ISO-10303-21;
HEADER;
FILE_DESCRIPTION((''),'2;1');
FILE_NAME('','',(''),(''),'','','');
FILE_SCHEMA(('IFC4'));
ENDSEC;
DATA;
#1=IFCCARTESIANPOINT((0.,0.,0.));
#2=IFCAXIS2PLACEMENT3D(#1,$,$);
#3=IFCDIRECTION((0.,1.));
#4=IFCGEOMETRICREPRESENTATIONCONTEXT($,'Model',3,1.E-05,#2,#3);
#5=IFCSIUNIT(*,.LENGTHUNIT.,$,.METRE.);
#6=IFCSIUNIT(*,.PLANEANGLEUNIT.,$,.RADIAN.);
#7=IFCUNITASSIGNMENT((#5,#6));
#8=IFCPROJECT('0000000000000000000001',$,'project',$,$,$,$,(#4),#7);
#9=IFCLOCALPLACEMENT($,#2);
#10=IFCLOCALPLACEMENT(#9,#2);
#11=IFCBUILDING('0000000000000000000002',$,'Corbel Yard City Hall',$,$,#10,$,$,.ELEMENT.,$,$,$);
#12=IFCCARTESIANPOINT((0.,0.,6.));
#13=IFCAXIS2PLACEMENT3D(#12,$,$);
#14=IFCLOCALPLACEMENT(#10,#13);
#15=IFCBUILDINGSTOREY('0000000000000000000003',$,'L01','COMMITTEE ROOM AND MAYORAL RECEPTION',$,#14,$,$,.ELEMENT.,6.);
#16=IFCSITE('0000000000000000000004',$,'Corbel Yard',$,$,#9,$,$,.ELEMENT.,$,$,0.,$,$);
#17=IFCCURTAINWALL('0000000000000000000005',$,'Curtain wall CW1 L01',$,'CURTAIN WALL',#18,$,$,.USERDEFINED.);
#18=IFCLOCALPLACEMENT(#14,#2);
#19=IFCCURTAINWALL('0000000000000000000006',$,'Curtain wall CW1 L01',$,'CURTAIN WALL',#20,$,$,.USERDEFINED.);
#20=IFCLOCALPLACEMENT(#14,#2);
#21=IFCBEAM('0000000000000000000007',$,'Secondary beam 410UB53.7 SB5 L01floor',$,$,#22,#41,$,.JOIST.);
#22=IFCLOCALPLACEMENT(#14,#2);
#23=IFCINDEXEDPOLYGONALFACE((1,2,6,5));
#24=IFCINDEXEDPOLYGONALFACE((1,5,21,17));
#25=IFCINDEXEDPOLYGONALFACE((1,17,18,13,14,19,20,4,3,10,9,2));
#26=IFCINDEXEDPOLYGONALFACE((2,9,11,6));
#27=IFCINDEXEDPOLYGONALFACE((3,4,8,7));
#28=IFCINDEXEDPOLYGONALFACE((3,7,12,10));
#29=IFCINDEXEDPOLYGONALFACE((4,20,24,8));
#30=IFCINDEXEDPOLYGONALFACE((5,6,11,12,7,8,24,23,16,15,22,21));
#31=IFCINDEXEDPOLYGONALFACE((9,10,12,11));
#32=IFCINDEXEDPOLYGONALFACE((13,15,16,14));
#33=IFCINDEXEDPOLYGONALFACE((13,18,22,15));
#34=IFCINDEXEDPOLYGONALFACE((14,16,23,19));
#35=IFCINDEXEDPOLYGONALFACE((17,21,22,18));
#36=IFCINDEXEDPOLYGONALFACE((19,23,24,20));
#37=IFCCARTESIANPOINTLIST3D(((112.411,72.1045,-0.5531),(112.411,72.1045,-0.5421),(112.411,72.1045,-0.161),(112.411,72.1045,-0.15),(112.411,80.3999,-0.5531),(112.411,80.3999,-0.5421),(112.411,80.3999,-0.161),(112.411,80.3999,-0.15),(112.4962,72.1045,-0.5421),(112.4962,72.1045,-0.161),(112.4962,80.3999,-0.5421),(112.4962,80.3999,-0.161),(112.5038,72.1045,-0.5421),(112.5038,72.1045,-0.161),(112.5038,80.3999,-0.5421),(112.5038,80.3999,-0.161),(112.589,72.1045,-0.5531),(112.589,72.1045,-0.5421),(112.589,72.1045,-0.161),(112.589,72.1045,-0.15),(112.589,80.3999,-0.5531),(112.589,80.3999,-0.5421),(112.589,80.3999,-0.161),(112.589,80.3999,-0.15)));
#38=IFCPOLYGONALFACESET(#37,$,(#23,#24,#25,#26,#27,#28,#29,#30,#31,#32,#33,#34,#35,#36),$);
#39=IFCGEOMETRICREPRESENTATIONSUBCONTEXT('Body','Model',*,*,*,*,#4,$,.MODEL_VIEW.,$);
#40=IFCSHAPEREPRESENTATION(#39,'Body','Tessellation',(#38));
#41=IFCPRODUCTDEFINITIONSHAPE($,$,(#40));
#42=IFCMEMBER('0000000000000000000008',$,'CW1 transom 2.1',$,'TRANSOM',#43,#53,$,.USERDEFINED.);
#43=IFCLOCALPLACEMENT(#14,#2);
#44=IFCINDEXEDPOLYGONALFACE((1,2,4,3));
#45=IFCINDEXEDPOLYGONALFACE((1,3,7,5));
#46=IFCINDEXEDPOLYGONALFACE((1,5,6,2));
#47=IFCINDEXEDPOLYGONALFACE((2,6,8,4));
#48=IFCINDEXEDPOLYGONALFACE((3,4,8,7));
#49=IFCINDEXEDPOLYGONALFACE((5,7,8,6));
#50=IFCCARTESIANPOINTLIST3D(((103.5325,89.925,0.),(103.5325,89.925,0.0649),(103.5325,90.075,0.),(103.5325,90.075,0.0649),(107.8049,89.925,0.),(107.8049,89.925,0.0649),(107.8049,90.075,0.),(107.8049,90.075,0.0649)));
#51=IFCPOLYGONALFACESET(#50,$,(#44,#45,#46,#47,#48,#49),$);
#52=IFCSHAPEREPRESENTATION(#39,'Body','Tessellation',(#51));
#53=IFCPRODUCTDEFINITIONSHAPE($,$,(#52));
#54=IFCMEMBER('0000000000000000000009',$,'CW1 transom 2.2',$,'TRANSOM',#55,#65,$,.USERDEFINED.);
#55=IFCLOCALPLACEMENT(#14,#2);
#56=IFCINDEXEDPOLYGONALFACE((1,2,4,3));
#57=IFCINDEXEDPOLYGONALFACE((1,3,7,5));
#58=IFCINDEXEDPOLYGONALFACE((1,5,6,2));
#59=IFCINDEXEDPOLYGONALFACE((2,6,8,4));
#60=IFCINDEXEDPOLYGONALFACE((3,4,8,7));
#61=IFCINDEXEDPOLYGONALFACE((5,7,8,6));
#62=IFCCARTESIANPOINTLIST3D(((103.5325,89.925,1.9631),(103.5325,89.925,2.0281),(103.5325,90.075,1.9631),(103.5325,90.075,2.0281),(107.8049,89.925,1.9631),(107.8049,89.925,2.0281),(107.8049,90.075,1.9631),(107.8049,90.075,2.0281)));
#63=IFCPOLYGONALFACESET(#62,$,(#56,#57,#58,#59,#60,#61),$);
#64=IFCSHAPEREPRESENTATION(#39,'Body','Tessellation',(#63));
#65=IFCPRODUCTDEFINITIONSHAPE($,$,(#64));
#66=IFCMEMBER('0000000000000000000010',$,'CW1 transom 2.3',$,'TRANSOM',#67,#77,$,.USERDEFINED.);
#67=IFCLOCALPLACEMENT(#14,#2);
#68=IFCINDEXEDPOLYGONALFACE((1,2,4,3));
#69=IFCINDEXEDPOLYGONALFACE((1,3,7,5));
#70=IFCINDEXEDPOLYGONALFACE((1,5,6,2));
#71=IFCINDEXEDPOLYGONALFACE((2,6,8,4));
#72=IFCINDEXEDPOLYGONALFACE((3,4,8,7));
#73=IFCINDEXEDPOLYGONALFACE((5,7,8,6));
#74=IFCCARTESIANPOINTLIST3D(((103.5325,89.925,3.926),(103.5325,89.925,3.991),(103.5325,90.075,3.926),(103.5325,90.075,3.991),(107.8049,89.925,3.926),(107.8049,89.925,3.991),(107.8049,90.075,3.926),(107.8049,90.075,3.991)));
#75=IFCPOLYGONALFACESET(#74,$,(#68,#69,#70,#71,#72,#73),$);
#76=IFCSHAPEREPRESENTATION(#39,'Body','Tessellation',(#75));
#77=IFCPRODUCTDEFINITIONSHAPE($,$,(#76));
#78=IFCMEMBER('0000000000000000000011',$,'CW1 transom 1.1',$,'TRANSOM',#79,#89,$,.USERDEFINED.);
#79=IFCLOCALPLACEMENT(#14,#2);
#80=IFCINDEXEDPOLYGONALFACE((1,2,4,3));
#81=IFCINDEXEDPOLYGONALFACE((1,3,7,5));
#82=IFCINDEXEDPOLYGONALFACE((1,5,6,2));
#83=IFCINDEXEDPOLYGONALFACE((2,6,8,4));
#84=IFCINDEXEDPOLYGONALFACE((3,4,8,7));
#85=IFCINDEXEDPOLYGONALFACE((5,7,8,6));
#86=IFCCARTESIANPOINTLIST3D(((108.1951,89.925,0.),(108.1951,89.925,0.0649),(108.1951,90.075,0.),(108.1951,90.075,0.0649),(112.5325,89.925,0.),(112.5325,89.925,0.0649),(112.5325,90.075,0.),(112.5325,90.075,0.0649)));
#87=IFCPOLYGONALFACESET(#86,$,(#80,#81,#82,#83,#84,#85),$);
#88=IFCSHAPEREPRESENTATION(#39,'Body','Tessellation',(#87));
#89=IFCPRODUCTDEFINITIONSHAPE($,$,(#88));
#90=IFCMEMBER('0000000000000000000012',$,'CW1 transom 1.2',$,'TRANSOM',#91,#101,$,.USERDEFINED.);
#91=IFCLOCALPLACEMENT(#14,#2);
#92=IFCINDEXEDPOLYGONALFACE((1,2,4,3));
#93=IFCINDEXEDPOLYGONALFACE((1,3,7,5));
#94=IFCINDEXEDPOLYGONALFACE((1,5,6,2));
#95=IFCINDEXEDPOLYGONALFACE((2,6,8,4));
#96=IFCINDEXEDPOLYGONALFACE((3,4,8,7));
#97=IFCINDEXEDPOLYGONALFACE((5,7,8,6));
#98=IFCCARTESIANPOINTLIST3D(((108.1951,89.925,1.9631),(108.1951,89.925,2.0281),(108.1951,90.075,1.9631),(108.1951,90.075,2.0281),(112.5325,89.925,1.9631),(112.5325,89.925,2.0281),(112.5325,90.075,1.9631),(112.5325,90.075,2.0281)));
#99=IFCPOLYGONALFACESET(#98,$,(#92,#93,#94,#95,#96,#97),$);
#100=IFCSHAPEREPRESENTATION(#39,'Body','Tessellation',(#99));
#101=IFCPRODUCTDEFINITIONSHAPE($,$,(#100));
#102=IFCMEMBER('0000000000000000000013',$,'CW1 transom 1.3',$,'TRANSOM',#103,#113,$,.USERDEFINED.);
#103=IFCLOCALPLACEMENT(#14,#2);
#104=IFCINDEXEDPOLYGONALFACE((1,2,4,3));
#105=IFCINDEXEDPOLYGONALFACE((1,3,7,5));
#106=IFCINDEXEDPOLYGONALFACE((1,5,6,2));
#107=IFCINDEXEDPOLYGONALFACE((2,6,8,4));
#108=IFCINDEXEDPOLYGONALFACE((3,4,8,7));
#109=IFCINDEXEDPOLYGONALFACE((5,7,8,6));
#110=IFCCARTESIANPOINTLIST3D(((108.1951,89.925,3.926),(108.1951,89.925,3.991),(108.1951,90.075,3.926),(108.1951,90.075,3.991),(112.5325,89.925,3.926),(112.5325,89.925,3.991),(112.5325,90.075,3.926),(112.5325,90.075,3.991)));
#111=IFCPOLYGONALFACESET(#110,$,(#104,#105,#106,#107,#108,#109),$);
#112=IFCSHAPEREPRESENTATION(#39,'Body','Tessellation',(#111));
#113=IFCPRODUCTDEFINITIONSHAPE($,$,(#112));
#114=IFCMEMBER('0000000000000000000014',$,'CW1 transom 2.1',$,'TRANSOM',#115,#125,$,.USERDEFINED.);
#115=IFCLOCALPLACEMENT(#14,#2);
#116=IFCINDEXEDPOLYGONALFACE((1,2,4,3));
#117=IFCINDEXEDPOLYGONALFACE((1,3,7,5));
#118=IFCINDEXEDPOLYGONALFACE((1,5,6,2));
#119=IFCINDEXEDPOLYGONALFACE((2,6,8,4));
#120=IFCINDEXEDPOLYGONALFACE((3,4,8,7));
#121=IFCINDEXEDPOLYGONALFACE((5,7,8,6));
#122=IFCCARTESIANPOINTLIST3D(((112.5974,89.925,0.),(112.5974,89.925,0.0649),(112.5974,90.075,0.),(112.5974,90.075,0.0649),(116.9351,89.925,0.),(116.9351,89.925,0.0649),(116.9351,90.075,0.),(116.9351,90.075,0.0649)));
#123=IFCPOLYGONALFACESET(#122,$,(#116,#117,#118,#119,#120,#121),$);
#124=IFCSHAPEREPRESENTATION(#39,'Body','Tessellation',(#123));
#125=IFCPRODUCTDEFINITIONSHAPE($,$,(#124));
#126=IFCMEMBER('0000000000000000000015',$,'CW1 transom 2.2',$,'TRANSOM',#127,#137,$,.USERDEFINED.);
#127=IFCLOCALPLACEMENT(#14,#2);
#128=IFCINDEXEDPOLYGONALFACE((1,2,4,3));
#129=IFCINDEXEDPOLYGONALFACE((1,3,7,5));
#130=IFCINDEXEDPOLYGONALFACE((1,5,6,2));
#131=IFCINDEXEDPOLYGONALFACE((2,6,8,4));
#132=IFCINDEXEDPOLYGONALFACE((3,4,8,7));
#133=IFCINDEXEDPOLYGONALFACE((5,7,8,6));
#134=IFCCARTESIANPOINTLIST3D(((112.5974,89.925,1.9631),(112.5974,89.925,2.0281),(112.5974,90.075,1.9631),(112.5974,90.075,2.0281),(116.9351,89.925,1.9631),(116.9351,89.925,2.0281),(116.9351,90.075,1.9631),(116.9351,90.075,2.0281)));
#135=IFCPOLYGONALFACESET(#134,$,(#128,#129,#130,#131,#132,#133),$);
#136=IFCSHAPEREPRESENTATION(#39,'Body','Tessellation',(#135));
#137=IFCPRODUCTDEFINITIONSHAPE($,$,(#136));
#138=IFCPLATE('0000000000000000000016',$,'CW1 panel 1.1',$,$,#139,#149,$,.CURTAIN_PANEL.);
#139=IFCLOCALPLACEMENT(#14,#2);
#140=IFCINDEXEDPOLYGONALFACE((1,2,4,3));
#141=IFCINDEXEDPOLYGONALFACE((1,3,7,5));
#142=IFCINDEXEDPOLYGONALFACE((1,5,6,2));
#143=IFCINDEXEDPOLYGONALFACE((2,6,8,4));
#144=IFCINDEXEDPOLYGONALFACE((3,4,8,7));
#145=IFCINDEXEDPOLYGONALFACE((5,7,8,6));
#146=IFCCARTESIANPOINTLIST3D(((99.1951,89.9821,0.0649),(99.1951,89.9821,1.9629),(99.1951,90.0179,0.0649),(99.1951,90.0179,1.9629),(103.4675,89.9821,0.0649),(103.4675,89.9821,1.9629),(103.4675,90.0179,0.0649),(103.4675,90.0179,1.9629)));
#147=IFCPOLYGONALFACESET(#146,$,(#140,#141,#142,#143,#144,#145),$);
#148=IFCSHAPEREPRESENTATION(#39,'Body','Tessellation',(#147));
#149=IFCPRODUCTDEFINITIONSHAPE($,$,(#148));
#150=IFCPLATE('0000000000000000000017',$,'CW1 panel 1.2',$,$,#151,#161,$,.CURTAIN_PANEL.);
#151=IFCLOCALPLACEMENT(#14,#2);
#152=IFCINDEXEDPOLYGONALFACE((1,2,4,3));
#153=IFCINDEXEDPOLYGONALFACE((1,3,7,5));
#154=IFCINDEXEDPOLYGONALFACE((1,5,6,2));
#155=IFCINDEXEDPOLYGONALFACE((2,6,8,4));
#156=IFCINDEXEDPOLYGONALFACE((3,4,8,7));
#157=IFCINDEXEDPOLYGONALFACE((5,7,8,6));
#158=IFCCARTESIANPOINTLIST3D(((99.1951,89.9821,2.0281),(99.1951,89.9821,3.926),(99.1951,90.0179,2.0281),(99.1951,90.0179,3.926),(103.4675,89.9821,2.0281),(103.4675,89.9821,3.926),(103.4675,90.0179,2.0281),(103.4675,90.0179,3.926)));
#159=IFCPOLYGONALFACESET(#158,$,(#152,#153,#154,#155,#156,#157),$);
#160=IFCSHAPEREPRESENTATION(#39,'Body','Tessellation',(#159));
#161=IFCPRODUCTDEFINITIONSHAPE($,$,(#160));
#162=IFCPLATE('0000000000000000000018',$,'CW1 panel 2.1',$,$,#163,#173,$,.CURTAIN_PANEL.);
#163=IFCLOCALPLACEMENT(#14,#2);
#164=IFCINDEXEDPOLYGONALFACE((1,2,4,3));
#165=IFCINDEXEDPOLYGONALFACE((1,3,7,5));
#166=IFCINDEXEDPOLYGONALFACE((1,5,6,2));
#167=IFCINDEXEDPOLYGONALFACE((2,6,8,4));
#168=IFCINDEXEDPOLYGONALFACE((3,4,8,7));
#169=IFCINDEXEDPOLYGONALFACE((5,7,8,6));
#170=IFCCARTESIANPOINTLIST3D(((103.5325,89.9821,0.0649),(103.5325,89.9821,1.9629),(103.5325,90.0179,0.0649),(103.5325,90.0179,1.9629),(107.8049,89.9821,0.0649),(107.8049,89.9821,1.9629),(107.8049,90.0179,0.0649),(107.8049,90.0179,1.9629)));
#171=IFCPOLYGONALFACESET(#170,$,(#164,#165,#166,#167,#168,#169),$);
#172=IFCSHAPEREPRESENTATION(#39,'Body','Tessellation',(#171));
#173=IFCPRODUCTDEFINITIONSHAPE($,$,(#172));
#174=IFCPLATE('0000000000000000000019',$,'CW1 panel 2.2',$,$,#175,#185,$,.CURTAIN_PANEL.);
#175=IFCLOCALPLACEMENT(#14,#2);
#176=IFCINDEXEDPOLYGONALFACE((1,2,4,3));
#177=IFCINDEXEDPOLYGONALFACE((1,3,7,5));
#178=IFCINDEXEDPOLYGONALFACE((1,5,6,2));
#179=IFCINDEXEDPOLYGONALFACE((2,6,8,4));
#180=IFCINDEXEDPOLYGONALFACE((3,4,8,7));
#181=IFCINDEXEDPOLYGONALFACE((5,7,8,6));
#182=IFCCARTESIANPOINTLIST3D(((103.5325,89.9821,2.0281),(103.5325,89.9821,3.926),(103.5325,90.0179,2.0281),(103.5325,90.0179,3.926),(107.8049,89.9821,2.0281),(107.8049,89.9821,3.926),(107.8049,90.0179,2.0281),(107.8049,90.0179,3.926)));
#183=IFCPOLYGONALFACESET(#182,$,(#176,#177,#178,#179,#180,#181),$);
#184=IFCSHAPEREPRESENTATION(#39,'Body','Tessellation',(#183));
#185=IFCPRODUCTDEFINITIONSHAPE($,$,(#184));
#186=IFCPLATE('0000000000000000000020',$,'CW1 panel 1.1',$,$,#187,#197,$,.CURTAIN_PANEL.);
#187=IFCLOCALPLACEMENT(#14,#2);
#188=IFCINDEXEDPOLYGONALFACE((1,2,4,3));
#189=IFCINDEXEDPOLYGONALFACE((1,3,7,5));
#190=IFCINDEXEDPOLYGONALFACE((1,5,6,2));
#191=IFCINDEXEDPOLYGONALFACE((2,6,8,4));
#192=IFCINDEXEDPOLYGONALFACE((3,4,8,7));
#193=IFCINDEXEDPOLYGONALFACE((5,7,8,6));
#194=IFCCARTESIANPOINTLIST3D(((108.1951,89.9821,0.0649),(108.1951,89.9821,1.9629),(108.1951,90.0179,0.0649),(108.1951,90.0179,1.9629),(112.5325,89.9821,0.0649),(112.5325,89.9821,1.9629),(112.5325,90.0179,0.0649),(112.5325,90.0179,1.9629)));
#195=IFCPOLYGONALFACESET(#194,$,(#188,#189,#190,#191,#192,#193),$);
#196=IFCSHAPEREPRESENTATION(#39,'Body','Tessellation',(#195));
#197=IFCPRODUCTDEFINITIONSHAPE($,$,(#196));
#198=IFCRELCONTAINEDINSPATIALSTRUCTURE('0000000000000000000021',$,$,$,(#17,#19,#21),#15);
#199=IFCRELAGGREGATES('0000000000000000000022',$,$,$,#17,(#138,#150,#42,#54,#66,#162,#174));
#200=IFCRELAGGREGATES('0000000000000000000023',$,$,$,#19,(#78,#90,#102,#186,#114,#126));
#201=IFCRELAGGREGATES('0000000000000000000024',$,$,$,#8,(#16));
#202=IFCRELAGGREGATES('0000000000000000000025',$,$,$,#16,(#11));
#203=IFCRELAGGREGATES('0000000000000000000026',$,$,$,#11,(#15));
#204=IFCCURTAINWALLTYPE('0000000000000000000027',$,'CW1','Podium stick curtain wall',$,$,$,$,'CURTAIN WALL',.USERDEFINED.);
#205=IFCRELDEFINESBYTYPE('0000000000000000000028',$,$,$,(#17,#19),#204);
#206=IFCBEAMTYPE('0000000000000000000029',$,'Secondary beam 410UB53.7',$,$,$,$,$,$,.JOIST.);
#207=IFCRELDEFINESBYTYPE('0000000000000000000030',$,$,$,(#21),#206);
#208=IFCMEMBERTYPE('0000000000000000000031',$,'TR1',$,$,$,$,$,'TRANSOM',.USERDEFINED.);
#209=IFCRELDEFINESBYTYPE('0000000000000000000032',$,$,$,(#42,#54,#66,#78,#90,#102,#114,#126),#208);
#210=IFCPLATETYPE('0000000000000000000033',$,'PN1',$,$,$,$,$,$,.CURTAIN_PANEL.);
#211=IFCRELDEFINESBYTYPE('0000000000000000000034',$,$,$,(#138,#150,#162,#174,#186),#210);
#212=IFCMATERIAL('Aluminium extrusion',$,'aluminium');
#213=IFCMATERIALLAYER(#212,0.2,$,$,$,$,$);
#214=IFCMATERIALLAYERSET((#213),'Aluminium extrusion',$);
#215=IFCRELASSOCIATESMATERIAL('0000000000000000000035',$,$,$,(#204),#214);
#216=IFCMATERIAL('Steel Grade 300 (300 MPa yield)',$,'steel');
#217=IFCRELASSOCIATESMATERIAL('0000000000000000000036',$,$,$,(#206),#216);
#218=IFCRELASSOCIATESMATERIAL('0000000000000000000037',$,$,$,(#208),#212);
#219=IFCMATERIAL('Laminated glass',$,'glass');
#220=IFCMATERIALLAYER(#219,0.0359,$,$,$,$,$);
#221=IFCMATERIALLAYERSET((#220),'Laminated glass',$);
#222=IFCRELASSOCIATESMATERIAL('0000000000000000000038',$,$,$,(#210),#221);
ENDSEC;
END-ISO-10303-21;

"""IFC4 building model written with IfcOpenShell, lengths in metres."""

from ifc_helpers import new_model, si_unit, direction, frame, origin, origin_2d, place, context, subcontext, project, spatial, rectangle, i_section, extrude, material, layer, layer_set, material_profile, profile_set, type_object, element, aggregate, save


model = new_model("IFC4")

# Units and contexts
model_context = context("Model", 3, precision=1e-05, world=origin(), true_north=direction((0.0, 1.0)))
body_context = subcontext(model_context, "Body", "Model", "MODEL_VIEW")
ifc_project = project(units=[si_unit("LENGTHUNIT", "METRE"), si_unit("PLANEANGLEUNIT", "RADIAN")], contexts=[model_context])

# Site, building, storey
site_placement = place(None, origin())
site = spatial("IfcSite", under=ifc_project, at=site_placement, Name="Corbel Yard", CompositionType="ELEMENT", RefElevation=0.0)
building_placement = place(site_placement, origin())
building = spatial("IfcBuilding", under=site, at=building_placement, Name="Corbel Yard City Hall", CompositionType="ELEMENT")
storey_placement = place(building_placement, frame((0.0, 0.0, 6.0)))
storey = spatial("IfcBuildingStorey", under=building, at=storey_placement, Name="L01", Description="COMMITTEE ROOM AND MAYORAL RECEPTION", CompositionType="ELEMENT", Elevation=6.0)

# Shared definitions
ifc_material_1 = material(Name="Steel Grade 300 (300 MPa yield)", Category="steel")

# Curtain walls
ifc_material_2 = material(Name="Aluminium extrusion", Category="aluminium")
ifc_layer_1 = layer(ifc_material_2, 0.2)
ifc_layer_set_1 = layer_set([ifc_layer_1], Name="Aluminium extrusion")
curtain_wall_type = type_object("IfcCurtainWallType", Name="CW1", Description="Podium stick curtain wall", ElementType="CURTAIN WALL", PredefinedType="USERDEFINED", material=ifc_layer_set_1)
curtain_wall_1_placement = place(storey_placement, origin())
curtain_wall_1 = element("IfcCurtainWall", 1, at=curtain_wall_1_placement, inside=storey, type_object=curtain_wall_type, Name="Curtain wall CW1 L01", ObjectType="CURTAIN WALL", PredefinedType="USERDEFINED")
curtain_wall_2_placement = place(storey_placement, origin())
curtain_wall_2 = element("IfcCurtainWall", 2, at=curtain_wall_2_placement, inside=storey, type_object=curtain_wall_type, Name="Curtain wall CW1 L01", ObjectType="CURTAIN WALL", PredefinedType="USERDEFINED")

# Beam
ifc_material_profile_1 = material_profile(ifc_material_1, i_section(OverallWidth=0.178, OverallDepth=0.4031, WebThickness=0.0076, FlangeThickness=0.011, at=origin_2d()), Name="410UB53.7")
ifc_profile_set_1 = profile_set([ifc_material_profile_1], Name="Steel Grade 300 (300 MPa yield)")
beam_type_1 = type_object("IfcBeamType", Name="Secondary beam 410UB53.7", PredefinedType="JOIST", material=ifc_profile_set_1)
for number, where, z_axis, x_axis, name in (
    (3, (112.5, 72.1045, -0.3516), (0.0, 1.0, 0.0), (-1.0, 0.0, 0.0), "Secondary beam 410UB53.7 SB5 L01floor"),
):
    element("IfcBeam", number, at=place(storey_placement, frame(where, z_axis=z_axis, x_axis=x_axis)), inside=storey, type_object=beam_type_1, Name=name, PredefinedType="JOIST", context=body_context, shape_type="SweptSolid", body=[
        extrude(i_section(OverallWidth=0.178, OverallDepth=0.4031, WebThickness=0.0076, FlangeThickness=0.011, at=origin_2d()), origin(), (0.0, 0.0, 1.0), 8.2954),
    ])

# Members
ifc_material_profile_2 = material_profile(ifc_material_2, rectangle(XDim=0.1499, YDim=0.0649, at=origin_2d()), Name="150x65")
ifc_profile_set_2 = profile_set([ifc_material_profile_2], Name="Aluminium extrusion")
member_type_1 = type_object("IfcMemberType", Name="TR1", ElementType="TRANSOM", PredefinedType="USERDEFINED", material=ifc_profile_set_2)
member_1_placement = place(storey_placement, frame((103.5325, 90.0, 0.0325), z_axis=(1.0, 0.0, 0.0), x_axis=(0.0, 1.0, 0.0)))
member_1 = element("IfcMember", 4, at=member_1_placement, type_object=member_type_1, Name="CW1 transom 2.1", ObjectType="TRANSOM", PredefinedType="USERDEFINED", context=body_context, shape_type="SweptSolid", body=[
    extrude(rectangle(XDim=0.1499, YDim=0.0649, at=origin_2d()), origin(), (0.0, 0.0, 1.0), 4.2725),
])
member_2_placement = place(storey_placement, frame((103.5325, 90.0, 1.9956), z_axis=(1.0, 0.0, 0.0), x_axis=(0.0, 1.0, 0.0)))
member_2 = element("IfcMember", 5, at=member_2_placement, type_object=member_type_1, Name="CW1 transom 2.2", ObjectType="TRANSOM", PredefinedType="USERDEFINED", context=body_context, shape_type="SweptSolid", body=[
    extrude(rectangle(XDim=0.1499, YDim=0.0649, at=origin_2d()), origin(), (0.0, 0.0, 1.0), 4.2725),
])
member_3_placement = place(storey_placement, frame((103.5325, 90.0, 3.9585), z_axis=(1.0, 0.0, 0.0), x_axis=(0.0, 1.0, 0.0)))
member_3 = element("IfcMember", 6, at=member_3_placement, type_object=member_type_1, Name="CW1 transom 2.3", ObjectType="TRANSOM", PredefinedType="USERDEFINED", context=body_context, shape_type="SweptSolid", body=[
    extrude(rectangle(XDim=0.1499, YDim=0.0649, at=origin_2d()), origin(), (0.0, 0.0, 1.0), 4.2725),
])
member_4_placement = place(storey_placement, frame((108.1951, 90.0, 0.0325), z_axis=(1.0, 0.0, 0.0), x_axis=(0.0, 1.0, 0.0)))
member_4 = element("IfcMember", 7, at=member_4_placement, type_object=member_type_1, Name="CW1 transom 1.1", ObjectType="TRANSOM", PredefinedType="USERDEFINED", context=body_context, shape_type="SweptSolid", body=[
    extrude(rectangle(XDim=0.1499, YDim=0.0649, at=origin_2d()), origin(), (0.0, 0.0, 1.0), 4.3374),
])
member_5_placement = place(storey_placement, frame((108.1951, 90.0, 1.9956), z_axis=(1.0, 0.0, 0.0), x_axis=(0.0, 1.0, 0.0)))
member_5 = element("IfcMember", 8, at=member_5_placement, type_object=member_type_1, Name="CW1 transom 1.2", ObjectType="TRANSOM", PredefinedType="USERDEFINED", context=body_context, shape_type="SweptSolid", body=[
    extrude(rectangle(XDim=0.1499, YDim=0.0649, at=origin_2d()), origin(), (0.0, 0.0, 1.0), 4.3374),
])
member_6_placement = place(storey_placement, frame((108.1951, 90.0, 3.9585), z_axis=(1.0, 0.0, 0.0), x_axis=(0.0, 1.0, 0.0)))
member_6 = element("IfcMember", 9, at=member_6_placement, type_object=member_type_1, Name="CW1 transom 1.3", ObjectType="TRANSOM", PredefinedType="USERDEFINED", context=body_context, shape_type="SweptSolid", body=[
    extrude(rectangle(XDim=0.1499, YDim=0.0649, at=origin_2d()), origin(), (0.0, 0.0, 1.0), 4.3374),
])
member_7_placement = place(storey_placement, frame((112.5974, 90.0, 0.0325), z_axis=(1.0, 0.0, 0.0), x_axis=(0.0, 1.0, 0.0)))
member_7 = element("IfcMember", 10, at=member_7_placement, type_object=member_type_1, Name="CW1 transom 2.1", ObjectType="TRANSOM", PredefinedType="USERDEFINED", context=body_context, shape_type="SweptSolid", body=[
    extrude(rectangle(XDim=0.1499, YDim=0.0649, at=origin_2d()), origin(), (0.0, 0.0, 1.0), 4.3376),
])
member_8_placement = place(storey_placement, frame((112.5974, 90.0, 1.9956), z_axis=(1.0, 0.0, 0.0), x_axis=(0.0, 1.0, 0.0)))
member_8 = element("IfcMember", 11, at=member_8_placement, type_object=member_type_1, Name="CW1 transom 2.2", ObjectType="TRANSOM", PredefinedType="USERDEFINED", context=body_context, shape_type="SweptSolid", body=[
    extrude(rectangle(XDim=0.1499, YDim=0.0649, at=origin_2d()), origin(), (0.0, 0.0, 1.0), 4.3376),
])

# Plates
ifc_material_3 = material(Name="Laminated glass", Category="glass")
ifc_layer_2 = layer(ifc_material_3, 0.0359)
ifc_layer_set_2 = layer_set([ifc_layer_2], Name="Laminated glass")
plate_type = type_object("IfcPlateType", Name="PN1", PredefinedType="CURTAIN_PANEL", material=ifc_layer_set_2)
plate_1_placement = place(storey_placement, frame((101.3313, 90.0, 0.0649), z_axis=(0.0, 0.0, 1.0), x_axis=(1.0, 0.0, 0.0)))
plate_1 = element("IfcPlate", 12, at=plate_1_placement, type_object=plate_type, Name="CW1 panel 1.1", PredefinedType="CURTAIN_PANEL", context=body_context, shape_type="SweptSolid", body=[
    extrude(rectangle(XDim=4.2725, YDim=0.0359, at=origin_2d()), origin(), (0.0, 0.0, 1.0), 1.8979),
])
plate_2_placement = place(storey_placement, frame((101.3313, 90.0, 2.0281), z_axis=(0.0, 0.0, 1.0), x_axis=(1.0, 0.0, 0.0)))
plate_2 = element("IfcPlate", 13, at=plate_2_placement, type_object=plate_type, Name="CW1 panel 1.2", PredefinedType="CURTAIN_PANEL", context=body_context, shape_type="SweptSolid", body=[
    extrude(rectangle(XDim=4.2725, YDim=0.0359, at=origin_2d()), origin(), (0.0, 0.0, 1.0), 1.8979),
])
plate_3_placement = place(storey_placement, frame((105.6687, 90.0, 0.0649), z_axis=(0.0, 0.0, 1.0), x_axis=(1.0, 0.0, 0.0)))
plate_3 = element("IfcPlate", 14, at=plate_3_placement, type_object=plate_type, Name="CW1 panel 2.1", PredefinedType="CURTAIN_PANEL", context=body_context, shape_type="SweptSolid", body=[
    extrude(rectangle(XDim=4.2725, YDim=0.0359, at=origin_2d()), origin(), (0.0, 0.0, 1.0), 1.8979),
])
plate_4_placement = place(storey_placement, frame((105.6687, 90.0, 2.0281), z_axis=(0.0, 0.0, 1.0), x_axis=(1.0, 0.0, 0.0)))
plate_4 = element("IfcPlate", 15, at=plate_4_placement, type_object=plate_type, Name="CW1 panel 2.2", PredefinedType="CURTAIN_PANEL", context=body_context, shape_type="SweptSolid", body=[
    extrude(rectangle(XDim=4.2725, YDim=0.0359, at=origin_2d()), origin(), (0.0, 0.0, 1.0), 1.8979),
])
aggregate(curtain_wall_1, [plate_1, plate_2, member_1, member_2, member_3, plate_3, plate_4])
plate_5_placement = place(storey_placement, frame((110.3638, 90.0, 0.0649), z_axis=(0.0, 0.0, 1.0), x_axis=(1.0, 0.0, 0.0)))
plate_5 = element("IfcPlate", 16, at=plate_5_placement, type_object=plate_type, Name="CW1 panel 1.1", PredefinedType="CURTAIN_PANEL", context=body_context, shape_type="SweptSolid", body=[
    extrude(rectangle(XDim=4.3374, YDim=0.0359, at=origin_2d()), origin(), (0.0, 0.0, 1.0), 1.8979),
])
aggregate(curtain_wall_2, [member_4, member_5, member_6, plate_5, member_7, member_8])

save(model, "model.ifc")
